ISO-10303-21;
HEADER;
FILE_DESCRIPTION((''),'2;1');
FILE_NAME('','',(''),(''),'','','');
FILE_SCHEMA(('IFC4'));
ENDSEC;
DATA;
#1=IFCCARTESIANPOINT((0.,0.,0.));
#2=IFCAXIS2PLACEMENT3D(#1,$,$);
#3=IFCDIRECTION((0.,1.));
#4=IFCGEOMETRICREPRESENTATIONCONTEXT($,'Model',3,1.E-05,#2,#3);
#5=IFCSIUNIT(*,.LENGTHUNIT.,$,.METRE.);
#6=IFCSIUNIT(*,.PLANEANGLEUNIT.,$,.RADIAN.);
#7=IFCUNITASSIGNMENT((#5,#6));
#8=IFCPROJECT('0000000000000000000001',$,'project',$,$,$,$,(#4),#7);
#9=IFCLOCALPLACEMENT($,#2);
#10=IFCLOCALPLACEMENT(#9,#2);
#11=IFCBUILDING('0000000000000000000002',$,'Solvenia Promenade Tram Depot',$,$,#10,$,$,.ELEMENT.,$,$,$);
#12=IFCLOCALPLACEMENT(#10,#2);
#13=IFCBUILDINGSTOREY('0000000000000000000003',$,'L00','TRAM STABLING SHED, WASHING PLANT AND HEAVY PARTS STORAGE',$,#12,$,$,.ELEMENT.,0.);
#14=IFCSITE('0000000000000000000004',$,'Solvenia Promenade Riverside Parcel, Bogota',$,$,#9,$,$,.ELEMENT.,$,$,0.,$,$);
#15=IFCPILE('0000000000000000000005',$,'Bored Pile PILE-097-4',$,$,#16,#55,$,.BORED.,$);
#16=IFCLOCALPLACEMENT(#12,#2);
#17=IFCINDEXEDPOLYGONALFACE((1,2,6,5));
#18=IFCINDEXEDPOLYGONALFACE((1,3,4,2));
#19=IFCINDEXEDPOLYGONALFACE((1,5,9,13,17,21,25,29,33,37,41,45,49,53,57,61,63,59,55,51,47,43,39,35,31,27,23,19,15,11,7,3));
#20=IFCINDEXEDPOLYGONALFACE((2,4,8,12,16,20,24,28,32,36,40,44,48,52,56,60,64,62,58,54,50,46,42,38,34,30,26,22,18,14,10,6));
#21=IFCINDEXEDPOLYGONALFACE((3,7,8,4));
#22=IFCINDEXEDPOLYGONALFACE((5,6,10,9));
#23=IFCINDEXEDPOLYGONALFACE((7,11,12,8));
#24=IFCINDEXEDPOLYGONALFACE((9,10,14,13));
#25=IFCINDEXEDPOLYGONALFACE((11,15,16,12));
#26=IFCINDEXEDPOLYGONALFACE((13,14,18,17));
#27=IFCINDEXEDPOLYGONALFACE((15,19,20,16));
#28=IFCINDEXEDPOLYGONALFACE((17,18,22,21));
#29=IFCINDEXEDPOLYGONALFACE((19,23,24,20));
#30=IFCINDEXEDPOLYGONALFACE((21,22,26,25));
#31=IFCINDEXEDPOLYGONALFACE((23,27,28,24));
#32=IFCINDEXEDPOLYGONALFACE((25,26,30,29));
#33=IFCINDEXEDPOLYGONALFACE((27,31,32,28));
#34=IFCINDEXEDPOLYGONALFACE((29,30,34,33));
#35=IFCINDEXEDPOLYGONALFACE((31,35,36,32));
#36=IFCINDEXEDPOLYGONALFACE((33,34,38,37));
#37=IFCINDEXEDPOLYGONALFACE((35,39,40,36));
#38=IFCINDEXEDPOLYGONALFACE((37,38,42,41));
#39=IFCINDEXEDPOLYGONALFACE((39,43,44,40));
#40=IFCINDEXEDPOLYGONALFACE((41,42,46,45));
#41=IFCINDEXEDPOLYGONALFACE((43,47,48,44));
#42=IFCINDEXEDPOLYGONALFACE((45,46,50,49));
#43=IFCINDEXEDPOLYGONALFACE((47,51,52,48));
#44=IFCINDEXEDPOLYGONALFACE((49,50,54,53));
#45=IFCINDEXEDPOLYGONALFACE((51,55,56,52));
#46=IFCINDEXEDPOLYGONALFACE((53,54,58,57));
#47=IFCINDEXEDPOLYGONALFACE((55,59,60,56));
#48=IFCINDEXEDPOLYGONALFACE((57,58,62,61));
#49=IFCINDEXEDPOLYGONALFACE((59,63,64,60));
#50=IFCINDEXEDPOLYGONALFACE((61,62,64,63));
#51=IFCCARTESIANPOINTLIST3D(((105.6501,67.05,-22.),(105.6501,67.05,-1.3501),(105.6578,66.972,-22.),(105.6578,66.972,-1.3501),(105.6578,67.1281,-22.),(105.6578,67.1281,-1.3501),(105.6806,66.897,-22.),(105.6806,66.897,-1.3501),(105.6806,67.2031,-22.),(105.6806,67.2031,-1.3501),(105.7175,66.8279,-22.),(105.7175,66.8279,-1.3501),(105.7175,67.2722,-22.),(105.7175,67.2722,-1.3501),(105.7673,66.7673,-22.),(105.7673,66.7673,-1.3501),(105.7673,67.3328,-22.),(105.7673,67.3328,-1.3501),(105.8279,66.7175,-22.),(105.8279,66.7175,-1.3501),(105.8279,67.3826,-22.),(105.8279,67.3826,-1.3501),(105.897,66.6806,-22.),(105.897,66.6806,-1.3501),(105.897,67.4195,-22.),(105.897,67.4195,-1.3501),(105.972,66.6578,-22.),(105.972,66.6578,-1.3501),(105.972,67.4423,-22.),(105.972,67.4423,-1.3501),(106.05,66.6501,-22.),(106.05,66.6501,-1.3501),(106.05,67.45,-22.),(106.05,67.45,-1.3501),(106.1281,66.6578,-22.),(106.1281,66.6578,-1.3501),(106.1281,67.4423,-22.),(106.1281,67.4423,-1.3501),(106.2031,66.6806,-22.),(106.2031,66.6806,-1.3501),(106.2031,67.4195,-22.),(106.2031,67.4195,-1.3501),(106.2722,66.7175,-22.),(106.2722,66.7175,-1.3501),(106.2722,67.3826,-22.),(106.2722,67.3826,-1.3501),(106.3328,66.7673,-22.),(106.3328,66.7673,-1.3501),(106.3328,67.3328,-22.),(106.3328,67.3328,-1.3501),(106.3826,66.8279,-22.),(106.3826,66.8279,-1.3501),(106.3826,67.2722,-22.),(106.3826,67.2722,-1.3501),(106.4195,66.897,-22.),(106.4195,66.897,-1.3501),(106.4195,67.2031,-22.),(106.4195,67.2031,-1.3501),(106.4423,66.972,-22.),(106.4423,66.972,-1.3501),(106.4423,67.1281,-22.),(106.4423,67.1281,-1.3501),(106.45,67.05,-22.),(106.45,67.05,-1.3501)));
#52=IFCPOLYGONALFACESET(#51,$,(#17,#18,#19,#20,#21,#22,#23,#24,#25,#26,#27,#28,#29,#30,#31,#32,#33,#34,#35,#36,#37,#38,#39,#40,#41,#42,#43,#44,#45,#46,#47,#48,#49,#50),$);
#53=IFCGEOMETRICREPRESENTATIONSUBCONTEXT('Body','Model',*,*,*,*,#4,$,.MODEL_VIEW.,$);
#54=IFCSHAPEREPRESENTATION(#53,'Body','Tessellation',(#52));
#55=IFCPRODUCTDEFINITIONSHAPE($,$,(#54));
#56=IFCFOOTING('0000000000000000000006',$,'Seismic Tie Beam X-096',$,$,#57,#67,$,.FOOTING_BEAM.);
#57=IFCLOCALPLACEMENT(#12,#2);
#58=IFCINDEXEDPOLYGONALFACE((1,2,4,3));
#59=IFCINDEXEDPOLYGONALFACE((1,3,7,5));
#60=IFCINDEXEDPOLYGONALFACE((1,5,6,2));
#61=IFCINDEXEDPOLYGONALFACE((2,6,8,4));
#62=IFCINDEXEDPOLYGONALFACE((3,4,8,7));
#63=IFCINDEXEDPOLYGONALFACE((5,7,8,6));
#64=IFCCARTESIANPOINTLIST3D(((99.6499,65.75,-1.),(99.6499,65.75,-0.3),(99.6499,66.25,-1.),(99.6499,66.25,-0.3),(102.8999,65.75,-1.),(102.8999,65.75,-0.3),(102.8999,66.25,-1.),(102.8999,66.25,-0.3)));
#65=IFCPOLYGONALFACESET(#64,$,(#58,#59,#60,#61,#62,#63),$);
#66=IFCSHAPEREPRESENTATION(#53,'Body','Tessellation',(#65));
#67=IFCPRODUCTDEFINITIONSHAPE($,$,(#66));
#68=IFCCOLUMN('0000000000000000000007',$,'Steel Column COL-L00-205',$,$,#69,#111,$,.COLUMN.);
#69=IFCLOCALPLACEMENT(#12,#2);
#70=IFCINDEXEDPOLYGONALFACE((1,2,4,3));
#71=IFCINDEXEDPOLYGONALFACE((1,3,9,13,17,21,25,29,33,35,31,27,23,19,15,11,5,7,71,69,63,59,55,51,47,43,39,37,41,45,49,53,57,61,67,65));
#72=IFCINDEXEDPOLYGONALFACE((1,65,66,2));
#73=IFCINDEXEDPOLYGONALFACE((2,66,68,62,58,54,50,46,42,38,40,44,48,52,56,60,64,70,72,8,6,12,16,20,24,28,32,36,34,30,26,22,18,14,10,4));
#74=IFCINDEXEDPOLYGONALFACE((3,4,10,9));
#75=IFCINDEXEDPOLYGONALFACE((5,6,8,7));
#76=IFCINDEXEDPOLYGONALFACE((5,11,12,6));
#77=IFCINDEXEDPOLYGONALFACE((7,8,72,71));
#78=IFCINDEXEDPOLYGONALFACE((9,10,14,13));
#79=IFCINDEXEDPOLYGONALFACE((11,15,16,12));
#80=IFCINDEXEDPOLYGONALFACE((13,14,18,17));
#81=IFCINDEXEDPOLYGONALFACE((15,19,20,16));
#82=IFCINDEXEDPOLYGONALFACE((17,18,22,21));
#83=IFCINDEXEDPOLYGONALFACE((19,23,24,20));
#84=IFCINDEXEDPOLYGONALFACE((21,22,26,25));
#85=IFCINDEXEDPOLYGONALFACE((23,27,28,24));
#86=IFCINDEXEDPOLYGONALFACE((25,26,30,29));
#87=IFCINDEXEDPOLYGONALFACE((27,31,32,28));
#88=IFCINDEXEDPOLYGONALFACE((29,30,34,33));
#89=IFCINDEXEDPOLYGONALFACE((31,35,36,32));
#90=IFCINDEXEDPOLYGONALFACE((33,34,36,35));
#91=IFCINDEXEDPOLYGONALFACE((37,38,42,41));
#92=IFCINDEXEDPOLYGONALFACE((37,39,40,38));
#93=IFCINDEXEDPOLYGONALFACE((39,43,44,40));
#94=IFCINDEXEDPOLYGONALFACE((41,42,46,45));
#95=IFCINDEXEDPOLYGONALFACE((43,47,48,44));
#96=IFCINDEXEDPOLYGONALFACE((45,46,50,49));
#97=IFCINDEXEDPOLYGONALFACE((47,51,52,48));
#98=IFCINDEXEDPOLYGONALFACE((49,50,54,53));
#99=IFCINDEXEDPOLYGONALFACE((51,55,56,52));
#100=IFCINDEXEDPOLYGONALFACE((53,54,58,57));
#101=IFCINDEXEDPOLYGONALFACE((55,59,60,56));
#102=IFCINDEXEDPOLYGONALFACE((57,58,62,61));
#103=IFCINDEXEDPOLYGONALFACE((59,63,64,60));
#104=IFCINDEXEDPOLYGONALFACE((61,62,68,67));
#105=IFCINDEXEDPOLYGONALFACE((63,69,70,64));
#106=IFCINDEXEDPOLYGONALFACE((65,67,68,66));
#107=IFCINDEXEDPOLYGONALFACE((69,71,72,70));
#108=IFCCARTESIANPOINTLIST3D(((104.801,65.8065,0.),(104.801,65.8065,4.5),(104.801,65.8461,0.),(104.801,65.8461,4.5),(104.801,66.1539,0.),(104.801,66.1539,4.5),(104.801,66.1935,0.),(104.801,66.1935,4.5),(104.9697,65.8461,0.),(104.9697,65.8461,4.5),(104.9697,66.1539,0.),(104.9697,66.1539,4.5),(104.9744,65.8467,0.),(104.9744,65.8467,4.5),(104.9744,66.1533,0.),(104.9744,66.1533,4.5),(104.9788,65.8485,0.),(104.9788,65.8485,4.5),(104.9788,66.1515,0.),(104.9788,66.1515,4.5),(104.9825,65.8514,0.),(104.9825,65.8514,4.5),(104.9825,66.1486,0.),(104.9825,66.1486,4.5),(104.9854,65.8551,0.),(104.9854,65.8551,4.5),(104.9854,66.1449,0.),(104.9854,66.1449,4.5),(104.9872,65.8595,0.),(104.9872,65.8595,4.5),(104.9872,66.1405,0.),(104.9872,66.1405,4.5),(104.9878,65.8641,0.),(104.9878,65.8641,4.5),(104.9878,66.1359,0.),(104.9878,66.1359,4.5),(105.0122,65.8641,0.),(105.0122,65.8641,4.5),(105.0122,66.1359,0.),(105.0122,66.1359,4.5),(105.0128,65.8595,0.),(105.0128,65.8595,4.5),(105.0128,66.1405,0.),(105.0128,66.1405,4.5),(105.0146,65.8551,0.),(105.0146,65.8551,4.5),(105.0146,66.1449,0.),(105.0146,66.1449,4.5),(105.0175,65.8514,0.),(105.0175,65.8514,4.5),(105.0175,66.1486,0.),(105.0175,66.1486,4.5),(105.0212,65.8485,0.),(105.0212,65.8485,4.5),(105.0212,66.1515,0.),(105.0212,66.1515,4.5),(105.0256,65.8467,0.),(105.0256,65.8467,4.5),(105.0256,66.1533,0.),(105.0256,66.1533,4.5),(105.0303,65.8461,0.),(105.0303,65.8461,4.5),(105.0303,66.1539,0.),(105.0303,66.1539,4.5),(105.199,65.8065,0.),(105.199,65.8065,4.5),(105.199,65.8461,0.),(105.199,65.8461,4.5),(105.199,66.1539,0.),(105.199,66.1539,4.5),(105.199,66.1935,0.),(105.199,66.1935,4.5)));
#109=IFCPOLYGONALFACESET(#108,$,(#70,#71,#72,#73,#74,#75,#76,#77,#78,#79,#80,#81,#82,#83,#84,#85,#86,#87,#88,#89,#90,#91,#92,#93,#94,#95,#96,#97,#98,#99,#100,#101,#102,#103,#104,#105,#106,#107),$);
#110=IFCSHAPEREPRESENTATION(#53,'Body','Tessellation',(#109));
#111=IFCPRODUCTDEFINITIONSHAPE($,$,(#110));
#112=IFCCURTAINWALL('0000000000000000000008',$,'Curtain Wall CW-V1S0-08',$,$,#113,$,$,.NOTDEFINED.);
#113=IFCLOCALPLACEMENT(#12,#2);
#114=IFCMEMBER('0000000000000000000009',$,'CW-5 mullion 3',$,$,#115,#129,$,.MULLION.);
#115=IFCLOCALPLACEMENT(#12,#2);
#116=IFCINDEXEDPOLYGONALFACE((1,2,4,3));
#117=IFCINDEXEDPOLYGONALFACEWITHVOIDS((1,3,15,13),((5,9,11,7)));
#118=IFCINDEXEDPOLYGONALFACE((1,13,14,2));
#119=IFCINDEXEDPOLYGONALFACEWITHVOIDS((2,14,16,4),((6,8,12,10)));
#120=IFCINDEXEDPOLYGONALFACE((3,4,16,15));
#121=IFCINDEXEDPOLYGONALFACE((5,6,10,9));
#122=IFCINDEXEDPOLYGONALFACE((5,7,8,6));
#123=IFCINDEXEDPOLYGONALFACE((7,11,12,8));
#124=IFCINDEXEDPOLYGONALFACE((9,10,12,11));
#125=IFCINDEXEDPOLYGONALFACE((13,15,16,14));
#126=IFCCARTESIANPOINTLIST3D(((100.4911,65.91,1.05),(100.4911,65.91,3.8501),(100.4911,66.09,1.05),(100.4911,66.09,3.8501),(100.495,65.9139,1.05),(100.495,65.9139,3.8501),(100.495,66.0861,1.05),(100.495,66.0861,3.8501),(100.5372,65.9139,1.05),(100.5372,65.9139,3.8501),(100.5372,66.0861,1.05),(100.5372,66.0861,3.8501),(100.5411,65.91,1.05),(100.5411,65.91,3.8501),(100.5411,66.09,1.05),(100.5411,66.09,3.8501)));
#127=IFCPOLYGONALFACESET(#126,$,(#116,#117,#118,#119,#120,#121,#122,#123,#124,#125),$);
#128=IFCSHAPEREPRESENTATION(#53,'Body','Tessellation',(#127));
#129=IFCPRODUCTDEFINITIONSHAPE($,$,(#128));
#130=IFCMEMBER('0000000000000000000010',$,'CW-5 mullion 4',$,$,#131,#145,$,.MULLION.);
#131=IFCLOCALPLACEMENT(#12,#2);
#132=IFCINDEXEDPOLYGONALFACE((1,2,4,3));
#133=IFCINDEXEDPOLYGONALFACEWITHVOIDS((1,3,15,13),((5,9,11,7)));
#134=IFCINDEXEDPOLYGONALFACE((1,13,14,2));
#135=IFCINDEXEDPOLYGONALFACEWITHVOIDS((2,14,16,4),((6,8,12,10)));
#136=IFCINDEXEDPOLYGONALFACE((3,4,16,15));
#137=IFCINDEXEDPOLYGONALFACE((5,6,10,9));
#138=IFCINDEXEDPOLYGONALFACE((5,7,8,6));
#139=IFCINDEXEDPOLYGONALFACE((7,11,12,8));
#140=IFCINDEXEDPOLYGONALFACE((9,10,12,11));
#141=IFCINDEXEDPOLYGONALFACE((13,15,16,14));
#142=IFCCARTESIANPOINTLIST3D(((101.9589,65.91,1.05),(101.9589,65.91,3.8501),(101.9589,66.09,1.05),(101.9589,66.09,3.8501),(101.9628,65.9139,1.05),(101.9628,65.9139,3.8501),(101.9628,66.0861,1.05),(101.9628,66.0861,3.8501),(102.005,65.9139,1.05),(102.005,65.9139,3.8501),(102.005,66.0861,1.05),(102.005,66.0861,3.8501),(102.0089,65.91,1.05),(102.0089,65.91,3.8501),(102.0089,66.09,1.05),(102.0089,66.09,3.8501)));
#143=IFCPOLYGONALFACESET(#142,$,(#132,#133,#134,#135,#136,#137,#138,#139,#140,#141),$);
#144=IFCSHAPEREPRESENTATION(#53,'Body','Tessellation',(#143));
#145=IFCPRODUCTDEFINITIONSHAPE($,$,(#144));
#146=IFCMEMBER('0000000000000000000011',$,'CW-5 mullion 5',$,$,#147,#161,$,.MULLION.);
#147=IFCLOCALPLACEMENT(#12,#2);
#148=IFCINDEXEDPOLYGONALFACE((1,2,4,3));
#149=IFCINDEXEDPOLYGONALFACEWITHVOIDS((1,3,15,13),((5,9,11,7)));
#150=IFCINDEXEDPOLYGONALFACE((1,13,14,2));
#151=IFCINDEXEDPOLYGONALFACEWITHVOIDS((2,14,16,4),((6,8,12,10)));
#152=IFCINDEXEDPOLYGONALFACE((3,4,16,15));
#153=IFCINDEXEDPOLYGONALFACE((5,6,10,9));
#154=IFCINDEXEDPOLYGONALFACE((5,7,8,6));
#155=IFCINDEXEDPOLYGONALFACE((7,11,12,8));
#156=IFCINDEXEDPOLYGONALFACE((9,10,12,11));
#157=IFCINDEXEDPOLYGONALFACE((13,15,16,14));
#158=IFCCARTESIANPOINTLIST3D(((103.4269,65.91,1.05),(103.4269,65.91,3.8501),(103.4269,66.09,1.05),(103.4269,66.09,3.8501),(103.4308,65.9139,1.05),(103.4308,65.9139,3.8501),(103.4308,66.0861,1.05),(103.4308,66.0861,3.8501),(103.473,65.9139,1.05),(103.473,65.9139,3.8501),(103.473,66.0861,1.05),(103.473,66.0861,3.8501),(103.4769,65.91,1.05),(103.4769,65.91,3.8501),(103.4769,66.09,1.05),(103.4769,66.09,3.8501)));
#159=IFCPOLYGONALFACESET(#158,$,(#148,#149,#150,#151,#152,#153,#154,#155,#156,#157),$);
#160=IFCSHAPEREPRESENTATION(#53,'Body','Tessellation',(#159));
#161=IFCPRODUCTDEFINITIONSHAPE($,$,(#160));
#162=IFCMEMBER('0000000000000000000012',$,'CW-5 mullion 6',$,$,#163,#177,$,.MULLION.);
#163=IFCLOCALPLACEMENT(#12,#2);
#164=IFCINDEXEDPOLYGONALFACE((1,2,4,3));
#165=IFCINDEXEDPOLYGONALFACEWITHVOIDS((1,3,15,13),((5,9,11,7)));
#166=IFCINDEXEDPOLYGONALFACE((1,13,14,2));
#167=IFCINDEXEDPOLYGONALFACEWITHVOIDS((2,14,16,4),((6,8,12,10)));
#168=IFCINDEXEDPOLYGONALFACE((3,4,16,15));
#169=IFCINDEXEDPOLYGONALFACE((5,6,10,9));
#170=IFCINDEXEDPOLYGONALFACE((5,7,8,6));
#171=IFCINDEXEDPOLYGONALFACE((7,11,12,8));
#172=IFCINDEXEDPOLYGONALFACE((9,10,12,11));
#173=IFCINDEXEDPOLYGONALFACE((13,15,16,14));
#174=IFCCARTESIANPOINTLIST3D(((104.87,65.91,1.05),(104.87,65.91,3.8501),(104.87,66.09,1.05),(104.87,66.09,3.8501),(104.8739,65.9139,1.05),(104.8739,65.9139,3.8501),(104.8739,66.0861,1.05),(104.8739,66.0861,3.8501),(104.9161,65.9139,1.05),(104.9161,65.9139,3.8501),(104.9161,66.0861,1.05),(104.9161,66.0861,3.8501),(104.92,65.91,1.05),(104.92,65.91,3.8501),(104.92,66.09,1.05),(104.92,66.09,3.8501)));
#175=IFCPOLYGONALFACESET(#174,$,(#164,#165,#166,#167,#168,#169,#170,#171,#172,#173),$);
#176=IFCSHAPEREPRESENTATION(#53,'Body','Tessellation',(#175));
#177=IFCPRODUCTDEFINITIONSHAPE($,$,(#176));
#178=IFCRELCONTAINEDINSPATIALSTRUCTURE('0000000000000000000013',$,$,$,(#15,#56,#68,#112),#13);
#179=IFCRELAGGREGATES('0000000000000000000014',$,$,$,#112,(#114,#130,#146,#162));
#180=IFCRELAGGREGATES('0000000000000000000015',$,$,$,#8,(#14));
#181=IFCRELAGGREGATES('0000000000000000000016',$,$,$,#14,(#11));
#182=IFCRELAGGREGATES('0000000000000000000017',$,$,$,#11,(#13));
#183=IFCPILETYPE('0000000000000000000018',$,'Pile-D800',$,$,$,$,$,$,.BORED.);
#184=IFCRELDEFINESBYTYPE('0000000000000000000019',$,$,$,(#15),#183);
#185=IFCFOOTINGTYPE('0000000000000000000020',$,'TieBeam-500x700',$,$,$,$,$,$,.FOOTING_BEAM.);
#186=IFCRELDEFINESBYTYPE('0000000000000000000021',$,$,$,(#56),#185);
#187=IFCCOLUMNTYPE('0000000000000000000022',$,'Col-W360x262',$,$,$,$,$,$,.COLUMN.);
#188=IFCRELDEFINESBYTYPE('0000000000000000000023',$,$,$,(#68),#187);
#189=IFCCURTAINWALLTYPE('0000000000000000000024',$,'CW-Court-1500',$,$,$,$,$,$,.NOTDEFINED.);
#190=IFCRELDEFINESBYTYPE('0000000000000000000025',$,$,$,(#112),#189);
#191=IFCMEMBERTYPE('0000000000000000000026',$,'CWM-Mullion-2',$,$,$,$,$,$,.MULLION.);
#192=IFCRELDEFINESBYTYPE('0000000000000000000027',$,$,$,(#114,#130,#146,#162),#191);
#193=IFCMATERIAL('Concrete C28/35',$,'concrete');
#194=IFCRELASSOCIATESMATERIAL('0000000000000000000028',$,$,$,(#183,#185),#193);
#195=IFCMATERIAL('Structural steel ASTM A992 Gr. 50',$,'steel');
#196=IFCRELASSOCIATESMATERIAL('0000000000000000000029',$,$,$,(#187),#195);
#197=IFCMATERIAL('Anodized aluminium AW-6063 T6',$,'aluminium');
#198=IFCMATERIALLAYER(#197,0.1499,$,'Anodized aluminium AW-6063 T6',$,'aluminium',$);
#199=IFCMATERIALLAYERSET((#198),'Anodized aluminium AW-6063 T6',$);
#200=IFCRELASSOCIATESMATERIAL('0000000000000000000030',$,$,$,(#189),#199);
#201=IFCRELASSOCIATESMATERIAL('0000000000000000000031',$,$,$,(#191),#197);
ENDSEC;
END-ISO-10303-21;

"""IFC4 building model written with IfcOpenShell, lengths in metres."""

from ifc_helpers import new_model, si_unit, direction, frame, origin, origin_2d, place, context, subcontext, project, spatial, rectangle, hollow_rectangle, circle, i_section, extrude, material, layer, layer_set, material_profile, profile_set, type_object, element, aggregate, save


model = new_model("IFC4")

# Units and contexts
model_context = context("Model", 3, precision=1e-05, world=origin(), true_north=direction((0.0, 1.0)))
body_context = subcontext(model_context, "Body", "Model", "MODEL_VIEW")
ifc_project = project(units=[si_unit("LENGTHUNIT", "METRE"), si_unit("PLANEANGLEUNIT", "RADIAN")], contexts=[model_context])

# Site, building, storey
site_placement = place(None, origin())
site = spatial("IfcSite", under=ifc_project, at=site_placement, Name="Solvenia Promenade Riverside Parcel, Bogota", CompositionType="ELEMENT", RefElevation=0.0)
building_placement = place(site_placement, origin())
building = spatial("IfcBuilding", under=site, at=building_placement, Name="Solvenia Promenade Tram Depot", CompositionType="ELEMENT")
storey_placement = place(building_placement, origin())
storey = spatial("IfcBuildingStorey", under=building, at=storey_placement, Name="L00", Description="TRAM STABLING SHED, WASHING PLANT AND HEAVY PARTS STORAGE", CompositionType="ELEMENT", Elevation=0.0)

# Shared definitions
ifc_material_1 = material(Name="Concrete C28/35", Category="concrete")

# Pile
ifc_material_profile_1 = material_profile(ifc_material_1, circle(Radius=0.3999, at=origin_2d()), Name="D800", Category="concrete")
ifc_profile_set_1 = profile_set([ifc_material_profile_1], Name="Concrete C28/35")
pile_type_1 = type_object("IfcPileType", Name="Pile-D800", PredefinedType="BORED", material=ifc_profile_set_1)
for number, where, z_axis, x_axis, name in (
    (1, (106.05, 67.05, -1.3501), (0.0, 0.0, -1.0), (1.0, 0.0, 0.0), "Bored Pile PILE-097-4"),
):
    element("IfcPile", number, at=place(storey_placement, frame(where, z_axis=z_axis, x_axis=x_axis)), inside=storey, type_object=pile_type_1, Name=name, PredefinedType="BORED", context=body_context, shape_type="SweptSolid", body=[
        extrude(circle(Radius=0.3999, at=origin_2d()), origin(), (0.0, 0.0, 1.0), 20.6499),
    ])

# Footing
footing_type_1 = type_object("IfcFootingType", Name="TieBeam-500x700", PredefinedType="FOOTING_BEAM", material=ifc_material_1)
footing_1_placement = place(storey_placement, frame((101.2749, 66.0, -1.0), z_axis=(0.0, 0.0, 1.0), x_axis=(1.0, 0.0, 0.0)))
element("IfcFooting", 2, at=footing_1_placement, inside=storey, type_object=footing_type_1, Name="Seismic Tie Beam X-096", PredefinedType="FOOTING_BEAM", context=body_context, shape_type="SweptSolid", body=[
    extrude(rectangle(XDim=3.25, YDim=0.5, at=origin_2d()), origin(), (0.0, 0.0, 1.0), 0.7),
])

# Column
ifc_material_2 = material(Name="Structural steel ASTM A992 Gr. 50", Category="steel")
ifc_material_profile_2 = material_profile(ifc_material_2, i_section(OverallWidth=0.3979, OverallDepth=0.387, WebThickness=0.0244, FlangeThickness=0.0396, FilletRadius=0.0181, at=origin_2d()), Name="W360x262", Category="steel")
ifc_profile_set_2 = profile_set([ifc_material_profile_2], Name="Structural steel ASTM A992 Gr. 50")
column_type = type_object("IfcColumnType", Name="Col-W360x262", PredefinedType="COLUMN", material=ifc_profile_set_2)
column_placement = place(storey_placement, frame((105.0, 66.0, 0.0), z_axis=(0.0, 0.0, 1.0), x_axis=(1.0, 0.0, 0.0)))
element("IfcColumn", 3, at=column_placement, inside=storey, type_object=column_type, Name="Steel Column COL-L00-205", PredefinedType="COLUMN", context=body_context, shape_type="SweptSolid", body=[
    extrude(i_section(OverallWidth=0.3979, OverallDepth=0.387, WebThickness=0.0244, FlangeThickness=0.0396, FilletRadius=0.0181, at=origin_2d()), origin(), (0.0, 0.0, 1.0), 4.5),
])

# Curtain wall, members
ifc_material_3 = material(Name="Anodized aluminium AW-6063 T6", Category="aluminium")
ifc_layer_1 = layer(ifc_material_3, 0.1499, Name="Anodized aluminium AW-6063 T6", Category="aluminium")
ifc_layer_set_1 = layer_set([ifc_layer_1], Name="Anodized aluminium AW-6063 T6")
curtain_wall_type = type_object("IfcCurtainWallType", Name="CW-Court-1500", PredefinedType="NOTDEFINED", material=ifc_layer_set_1)
curtain_wall_placement = place(storey_placement, origin())
curtain_wall = element("IfcCurtainWall", 4, at=curtain_wall_placement, inside=storey, type_object=curtain_wall_type, Name="Curtain Wall CW-V1S0-08", PredefinedType="NOTDEFINED")
ifc_material_profile_3 = material_profile(ifc_material_3, hollow_rectangle(XDim=0.1799, YDim=0.05, WallThickness=0.0039, at=origin_2d()), Name="ALU-M2", Category="aluminium")
ifc_profile_set_3 = profile_set([ifc_material_profile_3], Name="Anodized aluminium AW-6063 T6")
member_type_1 = type_object("IfcMemberType", Name="CWM-Mullion-2", PredefinedType="MULLION", material=ifc_profile_set_3)
member_1_placement = place(storey_placement, frame((100.5161, 66.0, 1.05), z_axis=(0.0, 0.0, 1.0), x_axis=(0.0, 1.0, 0.0)))
member_1 = element("IfcMember", 5, at=member_1_placement, type_object=member_type_1, Name="CW-5 mullion 3", PredefinedType="MULLION", context=body_context, shape_type="SweptSolid", body=[
    extrude(hollow_rectangle(XDim=0.1799, YDim=0.05, WallThickness=0.0039, at=origin_2d()), origin(), (0.0, 0.0, 1.0), 2.8),
])
member_2_placement = place(storey_placement, frame((101.9839, 66.0, 1.05), z_axis=(0.0, 0.0, 1.0), x_axis=(0.0, 1.0, 0.0)))
member_2 = element("IfcMember", 6, at=member_2_placement, type_object=member_type_1, Name="CW-5 mullion 4", PredefinedType="MULLION", context=body_context, shape_type="SweptSolid", body=[
    extrude(hollow_rectangle(XDim=0.1799, YDim=0.05, WallThickness=0.0039, at=origin_2d()), origin(), (0.0, 0.0, 1.0), 2.8),
])
member_3_placement = place(storey_placement, frame((103.4519, 66.0, 1.05), z_axis=(0.0, 0.0, 1.0), x_axis=(0.0, 1.0, 0.0)))
member_3 = element("IfcMember", 7, at=member_3_placement, type_object=member_type_1, Name="CW-5 mullion 5", PredefinedType="MULLION", context=body_context, shape_type="SweptSolid", body=[
    extrude(hollow_rectangle(XDim=0.1799, YDim=0.05, WallThickness=0.0039, at=origin_2d()), origin(), (0.0, 0.0, 1.0), 2.8),
])
member_4_placement = place(storey_placement, frame((104.895, 66.0, 1.05), z_axis=(0.0, 0.0, 1.0), x_axis=(0.0, 1.0, 0.0)))
member_4 = element("IfcMember", 8, at=member_4_placement, type_object=member_type_1, Name="CW-5 mullion 6", PredefinedType="MULLION", context=body_context, shape_type="SweptSolid", body=[
    extrude(hollow_rectangle(XDim=0.1799, YDim=0.05, WallThickness=0.0039, at=origin_2d()), origin(), (0.0, 0.0, 1.0), 2.8),
])
aggregate(curtain_wall, [member_1, member_2, member_3, member_4])

save(model, "model.ifc")
